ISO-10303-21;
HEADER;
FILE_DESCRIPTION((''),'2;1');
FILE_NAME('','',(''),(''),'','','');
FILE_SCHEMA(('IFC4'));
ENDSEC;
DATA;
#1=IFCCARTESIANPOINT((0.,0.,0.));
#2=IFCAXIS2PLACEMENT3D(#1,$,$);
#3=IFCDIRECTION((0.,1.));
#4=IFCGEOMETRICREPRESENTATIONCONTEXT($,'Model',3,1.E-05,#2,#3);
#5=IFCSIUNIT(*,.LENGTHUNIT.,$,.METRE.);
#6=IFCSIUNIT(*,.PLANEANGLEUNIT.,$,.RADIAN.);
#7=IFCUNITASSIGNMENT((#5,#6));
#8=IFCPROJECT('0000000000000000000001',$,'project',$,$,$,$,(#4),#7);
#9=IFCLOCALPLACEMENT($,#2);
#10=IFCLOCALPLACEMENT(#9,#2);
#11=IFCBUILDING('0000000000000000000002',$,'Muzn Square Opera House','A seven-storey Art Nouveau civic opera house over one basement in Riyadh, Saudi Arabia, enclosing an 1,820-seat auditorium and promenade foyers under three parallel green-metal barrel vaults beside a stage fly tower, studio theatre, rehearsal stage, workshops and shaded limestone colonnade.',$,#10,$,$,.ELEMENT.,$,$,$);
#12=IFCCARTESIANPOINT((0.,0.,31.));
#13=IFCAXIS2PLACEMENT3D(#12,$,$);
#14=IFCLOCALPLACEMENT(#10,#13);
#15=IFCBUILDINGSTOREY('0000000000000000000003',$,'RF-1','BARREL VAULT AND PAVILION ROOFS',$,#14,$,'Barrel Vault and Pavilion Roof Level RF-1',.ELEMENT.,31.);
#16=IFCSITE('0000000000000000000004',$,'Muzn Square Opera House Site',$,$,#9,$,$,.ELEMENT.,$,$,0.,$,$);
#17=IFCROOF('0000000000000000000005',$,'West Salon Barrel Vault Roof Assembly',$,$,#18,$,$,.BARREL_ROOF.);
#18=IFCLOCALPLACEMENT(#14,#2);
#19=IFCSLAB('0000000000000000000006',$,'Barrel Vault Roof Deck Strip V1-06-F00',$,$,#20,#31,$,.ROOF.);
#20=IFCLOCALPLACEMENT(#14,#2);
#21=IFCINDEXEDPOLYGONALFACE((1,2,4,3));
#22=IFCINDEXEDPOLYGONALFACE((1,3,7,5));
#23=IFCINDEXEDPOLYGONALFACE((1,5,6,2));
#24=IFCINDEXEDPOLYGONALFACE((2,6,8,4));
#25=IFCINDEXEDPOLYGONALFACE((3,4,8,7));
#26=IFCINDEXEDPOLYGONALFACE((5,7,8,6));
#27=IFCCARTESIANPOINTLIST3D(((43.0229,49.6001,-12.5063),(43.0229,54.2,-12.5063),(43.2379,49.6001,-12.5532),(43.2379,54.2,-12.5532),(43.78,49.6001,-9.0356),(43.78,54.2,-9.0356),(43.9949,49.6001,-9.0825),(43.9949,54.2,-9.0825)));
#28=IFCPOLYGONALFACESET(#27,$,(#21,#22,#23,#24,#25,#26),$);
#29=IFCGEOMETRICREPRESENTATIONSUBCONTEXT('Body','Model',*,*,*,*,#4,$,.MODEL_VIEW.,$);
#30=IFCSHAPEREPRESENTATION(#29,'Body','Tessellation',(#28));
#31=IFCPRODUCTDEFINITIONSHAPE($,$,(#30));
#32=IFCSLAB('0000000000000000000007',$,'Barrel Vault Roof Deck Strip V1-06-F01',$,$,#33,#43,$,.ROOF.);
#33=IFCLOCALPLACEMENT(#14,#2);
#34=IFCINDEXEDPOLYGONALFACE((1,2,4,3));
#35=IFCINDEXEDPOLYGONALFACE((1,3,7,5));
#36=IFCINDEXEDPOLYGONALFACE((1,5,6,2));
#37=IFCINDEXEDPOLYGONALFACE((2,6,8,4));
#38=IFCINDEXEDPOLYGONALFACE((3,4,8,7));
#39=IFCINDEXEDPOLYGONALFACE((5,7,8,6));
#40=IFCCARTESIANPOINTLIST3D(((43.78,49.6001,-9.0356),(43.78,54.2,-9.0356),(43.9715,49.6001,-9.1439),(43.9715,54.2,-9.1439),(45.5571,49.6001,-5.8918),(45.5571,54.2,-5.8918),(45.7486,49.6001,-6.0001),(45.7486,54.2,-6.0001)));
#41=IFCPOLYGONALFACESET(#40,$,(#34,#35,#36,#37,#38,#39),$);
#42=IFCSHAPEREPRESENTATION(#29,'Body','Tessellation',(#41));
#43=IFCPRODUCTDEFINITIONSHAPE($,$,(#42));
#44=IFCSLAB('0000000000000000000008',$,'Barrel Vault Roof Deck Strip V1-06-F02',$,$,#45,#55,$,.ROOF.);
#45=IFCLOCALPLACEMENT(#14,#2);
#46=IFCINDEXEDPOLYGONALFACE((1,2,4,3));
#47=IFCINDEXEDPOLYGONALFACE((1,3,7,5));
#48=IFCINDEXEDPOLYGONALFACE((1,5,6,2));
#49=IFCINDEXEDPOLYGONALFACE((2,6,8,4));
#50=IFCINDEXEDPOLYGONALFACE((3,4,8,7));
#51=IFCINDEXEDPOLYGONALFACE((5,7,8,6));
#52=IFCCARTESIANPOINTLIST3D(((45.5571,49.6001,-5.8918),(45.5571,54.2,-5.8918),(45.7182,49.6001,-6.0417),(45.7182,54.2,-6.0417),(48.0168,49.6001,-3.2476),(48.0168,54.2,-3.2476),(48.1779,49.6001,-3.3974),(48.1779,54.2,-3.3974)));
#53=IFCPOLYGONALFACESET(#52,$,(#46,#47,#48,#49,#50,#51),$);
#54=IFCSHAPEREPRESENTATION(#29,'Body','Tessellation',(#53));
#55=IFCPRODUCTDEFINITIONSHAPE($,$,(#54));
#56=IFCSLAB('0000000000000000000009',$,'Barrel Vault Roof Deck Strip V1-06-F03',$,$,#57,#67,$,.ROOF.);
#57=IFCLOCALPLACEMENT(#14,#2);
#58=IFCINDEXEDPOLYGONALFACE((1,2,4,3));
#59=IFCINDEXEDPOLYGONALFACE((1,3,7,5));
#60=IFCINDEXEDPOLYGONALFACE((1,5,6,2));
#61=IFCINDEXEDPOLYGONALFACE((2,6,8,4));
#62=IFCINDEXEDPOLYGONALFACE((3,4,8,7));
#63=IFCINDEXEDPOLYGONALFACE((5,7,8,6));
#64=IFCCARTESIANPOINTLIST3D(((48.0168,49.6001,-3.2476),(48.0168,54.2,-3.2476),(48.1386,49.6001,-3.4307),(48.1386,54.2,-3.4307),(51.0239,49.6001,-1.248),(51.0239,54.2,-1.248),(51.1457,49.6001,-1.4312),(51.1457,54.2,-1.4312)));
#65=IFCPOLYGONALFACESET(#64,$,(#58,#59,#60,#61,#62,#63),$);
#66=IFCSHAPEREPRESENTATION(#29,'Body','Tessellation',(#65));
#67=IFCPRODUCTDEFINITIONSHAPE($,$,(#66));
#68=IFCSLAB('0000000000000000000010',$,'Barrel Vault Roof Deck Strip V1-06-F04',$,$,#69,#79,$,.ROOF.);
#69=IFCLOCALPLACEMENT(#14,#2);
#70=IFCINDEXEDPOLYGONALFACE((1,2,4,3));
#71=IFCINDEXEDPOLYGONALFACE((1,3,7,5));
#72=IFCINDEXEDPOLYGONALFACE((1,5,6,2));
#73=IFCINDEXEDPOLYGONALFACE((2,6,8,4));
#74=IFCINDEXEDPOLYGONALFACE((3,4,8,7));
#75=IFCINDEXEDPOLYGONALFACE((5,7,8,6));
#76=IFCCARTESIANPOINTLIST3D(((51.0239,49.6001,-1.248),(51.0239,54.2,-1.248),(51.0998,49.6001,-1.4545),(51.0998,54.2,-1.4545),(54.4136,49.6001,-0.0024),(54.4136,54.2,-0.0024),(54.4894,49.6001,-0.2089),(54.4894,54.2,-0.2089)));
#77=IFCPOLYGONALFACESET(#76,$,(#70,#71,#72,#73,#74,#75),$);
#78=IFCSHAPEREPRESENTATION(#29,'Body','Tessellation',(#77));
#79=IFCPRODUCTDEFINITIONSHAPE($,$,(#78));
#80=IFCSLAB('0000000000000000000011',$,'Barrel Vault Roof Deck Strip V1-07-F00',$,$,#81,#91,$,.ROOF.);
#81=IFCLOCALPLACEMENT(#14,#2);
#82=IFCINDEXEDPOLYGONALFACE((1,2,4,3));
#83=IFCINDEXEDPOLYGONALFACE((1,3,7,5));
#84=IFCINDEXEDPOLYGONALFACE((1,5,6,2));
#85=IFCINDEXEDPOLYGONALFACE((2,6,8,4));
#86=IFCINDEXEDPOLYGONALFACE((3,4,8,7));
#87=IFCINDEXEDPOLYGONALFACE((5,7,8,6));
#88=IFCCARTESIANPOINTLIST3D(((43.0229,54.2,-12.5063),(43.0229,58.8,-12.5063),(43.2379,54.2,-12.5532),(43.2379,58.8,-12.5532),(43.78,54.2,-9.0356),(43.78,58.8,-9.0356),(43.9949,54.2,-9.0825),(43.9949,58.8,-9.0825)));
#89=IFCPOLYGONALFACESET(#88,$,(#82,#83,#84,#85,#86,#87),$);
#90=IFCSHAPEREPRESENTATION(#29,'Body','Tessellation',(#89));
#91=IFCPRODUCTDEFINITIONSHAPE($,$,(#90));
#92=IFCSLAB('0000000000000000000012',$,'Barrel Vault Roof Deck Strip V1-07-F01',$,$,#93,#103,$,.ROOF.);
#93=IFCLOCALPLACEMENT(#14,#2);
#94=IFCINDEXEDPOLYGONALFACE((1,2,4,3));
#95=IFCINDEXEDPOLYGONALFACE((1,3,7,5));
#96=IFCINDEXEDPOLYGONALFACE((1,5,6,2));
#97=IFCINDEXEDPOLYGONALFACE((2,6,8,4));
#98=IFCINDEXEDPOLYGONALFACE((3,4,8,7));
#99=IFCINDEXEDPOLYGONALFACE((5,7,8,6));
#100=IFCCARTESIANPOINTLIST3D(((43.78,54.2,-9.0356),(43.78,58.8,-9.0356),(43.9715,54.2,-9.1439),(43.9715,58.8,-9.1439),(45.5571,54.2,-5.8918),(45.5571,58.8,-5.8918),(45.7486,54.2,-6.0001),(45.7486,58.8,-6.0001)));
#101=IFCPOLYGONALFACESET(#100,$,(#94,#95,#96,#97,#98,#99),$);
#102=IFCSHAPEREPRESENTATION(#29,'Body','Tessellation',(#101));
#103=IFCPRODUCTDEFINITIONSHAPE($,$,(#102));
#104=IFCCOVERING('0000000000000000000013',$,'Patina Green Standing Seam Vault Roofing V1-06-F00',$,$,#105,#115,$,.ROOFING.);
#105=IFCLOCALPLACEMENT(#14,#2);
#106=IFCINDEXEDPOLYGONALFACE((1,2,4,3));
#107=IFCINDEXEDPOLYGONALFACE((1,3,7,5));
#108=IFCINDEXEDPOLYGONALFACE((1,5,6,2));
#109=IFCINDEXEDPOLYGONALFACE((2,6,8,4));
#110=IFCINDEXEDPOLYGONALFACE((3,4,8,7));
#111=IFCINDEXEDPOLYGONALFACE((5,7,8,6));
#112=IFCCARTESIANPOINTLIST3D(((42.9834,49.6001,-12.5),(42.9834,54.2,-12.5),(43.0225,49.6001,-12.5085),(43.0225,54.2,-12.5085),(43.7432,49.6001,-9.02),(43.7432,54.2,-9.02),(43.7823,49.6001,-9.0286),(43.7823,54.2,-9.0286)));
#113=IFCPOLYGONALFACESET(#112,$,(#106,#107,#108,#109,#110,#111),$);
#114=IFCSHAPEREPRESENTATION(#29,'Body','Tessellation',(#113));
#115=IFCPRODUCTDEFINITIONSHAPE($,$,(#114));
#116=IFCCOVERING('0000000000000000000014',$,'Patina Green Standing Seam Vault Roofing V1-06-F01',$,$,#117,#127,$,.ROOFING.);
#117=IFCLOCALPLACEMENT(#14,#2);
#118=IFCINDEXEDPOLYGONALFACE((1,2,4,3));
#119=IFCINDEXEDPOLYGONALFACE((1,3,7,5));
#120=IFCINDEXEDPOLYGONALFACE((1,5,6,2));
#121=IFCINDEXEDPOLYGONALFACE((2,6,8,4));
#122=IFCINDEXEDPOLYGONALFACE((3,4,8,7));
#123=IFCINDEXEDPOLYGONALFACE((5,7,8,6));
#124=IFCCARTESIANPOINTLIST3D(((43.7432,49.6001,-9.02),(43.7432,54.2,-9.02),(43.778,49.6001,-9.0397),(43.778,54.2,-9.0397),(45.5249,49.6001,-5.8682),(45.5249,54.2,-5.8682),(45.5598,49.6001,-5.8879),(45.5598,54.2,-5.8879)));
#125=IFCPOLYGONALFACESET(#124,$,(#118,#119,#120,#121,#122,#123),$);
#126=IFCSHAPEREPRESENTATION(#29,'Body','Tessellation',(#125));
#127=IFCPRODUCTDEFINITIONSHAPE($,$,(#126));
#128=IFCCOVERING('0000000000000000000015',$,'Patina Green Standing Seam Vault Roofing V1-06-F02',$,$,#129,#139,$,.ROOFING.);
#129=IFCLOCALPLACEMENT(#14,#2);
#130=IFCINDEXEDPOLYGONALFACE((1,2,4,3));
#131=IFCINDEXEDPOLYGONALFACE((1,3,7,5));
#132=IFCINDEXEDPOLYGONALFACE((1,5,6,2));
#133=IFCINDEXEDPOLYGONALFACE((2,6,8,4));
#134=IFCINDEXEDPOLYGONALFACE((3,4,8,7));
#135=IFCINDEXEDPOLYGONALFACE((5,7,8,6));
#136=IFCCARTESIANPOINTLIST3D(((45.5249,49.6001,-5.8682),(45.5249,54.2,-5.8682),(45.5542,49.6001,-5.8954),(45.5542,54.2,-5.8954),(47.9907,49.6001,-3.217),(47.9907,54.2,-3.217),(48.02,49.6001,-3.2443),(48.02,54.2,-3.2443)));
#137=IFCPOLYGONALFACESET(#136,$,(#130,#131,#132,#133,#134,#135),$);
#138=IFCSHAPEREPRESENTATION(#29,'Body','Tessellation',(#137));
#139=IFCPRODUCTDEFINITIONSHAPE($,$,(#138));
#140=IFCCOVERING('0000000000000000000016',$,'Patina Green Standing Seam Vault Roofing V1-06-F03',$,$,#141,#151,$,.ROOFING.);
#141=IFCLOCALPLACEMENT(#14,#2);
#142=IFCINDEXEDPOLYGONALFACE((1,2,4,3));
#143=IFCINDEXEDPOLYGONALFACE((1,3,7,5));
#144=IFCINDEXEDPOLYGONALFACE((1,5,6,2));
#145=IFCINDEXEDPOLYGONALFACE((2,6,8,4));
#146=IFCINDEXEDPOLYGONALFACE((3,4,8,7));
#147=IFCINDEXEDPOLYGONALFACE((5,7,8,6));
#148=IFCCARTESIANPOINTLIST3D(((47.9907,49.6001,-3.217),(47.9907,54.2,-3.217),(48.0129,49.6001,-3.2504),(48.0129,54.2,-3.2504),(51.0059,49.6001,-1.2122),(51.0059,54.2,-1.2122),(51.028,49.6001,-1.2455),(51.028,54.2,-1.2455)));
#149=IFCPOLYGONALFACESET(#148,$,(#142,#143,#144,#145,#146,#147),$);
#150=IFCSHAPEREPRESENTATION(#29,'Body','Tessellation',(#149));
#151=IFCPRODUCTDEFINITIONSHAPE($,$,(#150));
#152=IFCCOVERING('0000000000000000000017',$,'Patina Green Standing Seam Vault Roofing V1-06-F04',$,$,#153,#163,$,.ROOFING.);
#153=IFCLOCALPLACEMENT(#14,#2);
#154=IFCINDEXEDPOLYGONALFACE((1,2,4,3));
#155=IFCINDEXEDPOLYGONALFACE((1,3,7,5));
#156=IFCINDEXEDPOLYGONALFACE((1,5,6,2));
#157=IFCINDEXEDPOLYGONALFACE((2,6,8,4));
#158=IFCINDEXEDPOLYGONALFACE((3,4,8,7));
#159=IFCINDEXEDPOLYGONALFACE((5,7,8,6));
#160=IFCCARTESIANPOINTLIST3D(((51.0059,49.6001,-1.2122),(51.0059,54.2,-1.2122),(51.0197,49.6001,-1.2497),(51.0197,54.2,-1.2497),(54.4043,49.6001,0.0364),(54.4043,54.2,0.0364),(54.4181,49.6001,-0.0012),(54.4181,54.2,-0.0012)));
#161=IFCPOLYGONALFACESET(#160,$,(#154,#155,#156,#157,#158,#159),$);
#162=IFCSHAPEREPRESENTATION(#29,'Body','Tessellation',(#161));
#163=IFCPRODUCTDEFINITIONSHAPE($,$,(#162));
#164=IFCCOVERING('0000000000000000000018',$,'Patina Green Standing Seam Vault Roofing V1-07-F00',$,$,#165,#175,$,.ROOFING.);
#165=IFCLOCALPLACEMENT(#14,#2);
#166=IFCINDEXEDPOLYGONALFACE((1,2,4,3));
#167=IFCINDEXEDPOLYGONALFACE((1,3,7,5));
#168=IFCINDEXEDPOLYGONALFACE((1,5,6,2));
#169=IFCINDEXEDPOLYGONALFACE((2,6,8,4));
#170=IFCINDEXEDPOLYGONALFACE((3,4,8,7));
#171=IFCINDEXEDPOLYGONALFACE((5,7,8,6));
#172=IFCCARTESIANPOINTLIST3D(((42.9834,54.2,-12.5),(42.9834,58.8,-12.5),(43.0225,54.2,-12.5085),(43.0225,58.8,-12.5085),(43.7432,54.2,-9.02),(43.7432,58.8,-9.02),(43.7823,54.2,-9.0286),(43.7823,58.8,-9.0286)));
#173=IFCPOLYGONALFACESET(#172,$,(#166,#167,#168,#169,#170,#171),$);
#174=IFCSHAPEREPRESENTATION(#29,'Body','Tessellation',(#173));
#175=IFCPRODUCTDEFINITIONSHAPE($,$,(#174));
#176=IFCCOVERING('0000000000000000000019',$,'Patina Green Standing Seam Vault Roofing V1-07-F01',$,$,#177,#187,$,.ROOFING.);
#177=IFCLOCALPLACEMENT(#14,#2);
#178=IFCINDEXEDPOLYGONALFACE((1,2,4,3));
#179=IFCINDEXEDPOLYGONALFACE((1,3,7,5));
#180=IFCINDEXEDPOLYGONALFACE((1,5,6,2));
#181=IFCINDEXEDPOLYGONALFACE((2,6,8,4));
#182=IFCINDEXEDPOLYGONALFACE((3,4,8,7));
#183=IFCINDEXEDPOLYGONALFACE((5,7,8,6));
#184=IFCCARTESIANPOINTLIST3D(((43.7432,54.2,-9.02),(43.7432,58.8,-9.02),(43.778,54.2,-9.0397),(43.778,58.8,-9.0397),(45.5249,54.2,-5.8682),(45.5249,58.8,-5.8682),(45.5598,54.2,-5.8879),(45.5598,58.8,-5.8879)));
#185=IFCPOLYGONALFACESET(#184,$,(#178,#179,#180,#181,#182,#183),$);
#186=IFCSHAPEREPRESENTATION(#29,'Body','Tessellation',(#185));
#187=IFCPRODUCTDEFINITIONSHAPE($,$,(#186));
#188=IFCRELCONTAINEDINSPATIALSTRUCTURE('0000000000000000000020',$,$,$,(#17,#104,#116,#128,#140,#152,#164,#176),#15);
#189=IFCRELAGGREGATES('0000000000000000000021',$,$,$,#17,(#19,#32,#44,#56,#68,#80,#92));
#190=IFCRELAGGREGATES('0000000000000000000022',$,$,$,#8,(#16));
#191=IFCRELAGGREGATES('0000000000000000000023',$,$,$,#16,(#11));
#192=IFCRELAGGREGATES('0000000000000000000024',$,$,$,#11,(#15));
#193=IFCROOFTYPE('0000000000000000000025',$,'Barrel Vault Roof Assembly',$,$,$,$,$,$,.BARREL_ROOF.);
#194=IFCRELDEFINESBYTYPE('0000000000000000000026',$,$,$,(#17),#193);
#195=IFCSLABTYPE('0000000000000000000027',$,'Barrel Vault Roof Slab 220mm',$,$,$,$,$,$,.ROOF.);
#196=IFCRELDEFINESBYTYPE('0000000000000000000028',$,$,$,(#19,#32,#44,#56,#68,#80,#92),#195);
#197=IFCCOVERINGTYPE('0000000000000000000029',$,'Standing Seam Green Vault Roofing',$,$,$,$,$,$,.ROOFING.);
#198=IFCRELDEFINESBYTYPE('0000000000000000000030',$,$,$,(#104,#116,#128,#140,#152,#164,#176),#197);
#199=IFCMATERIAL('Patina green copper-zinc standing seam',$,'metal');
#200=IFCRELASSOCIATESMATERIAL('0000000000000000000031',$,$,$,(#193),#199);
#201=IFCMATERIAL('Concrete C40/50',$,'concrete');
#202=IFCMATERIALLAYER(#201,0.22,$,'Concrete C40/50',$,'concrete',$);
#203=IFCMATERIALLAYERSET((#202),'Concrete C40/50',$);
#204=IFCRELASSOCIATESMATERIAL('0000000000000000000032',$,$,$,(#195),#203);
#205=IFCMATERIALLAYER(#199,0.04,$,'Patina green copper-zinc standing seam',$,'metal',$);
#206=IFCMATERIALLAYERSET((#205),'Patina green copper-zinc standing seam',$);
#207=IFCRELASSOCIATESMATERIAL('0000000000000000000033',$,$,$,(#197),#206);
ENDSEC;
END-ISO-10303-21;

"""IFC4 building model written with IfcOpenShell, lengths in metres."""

from ifc_helpers import new_model, si_unit, direction, frame, origin, place, context, subcontext, project, spatial, polyline, outline, extrude, material, layer, layer_set, type_object, element, aggregate, save


model = new_model("IFC4")

# Units and contexts
model_context = context("Model", 3, precision=1e-05, world=origin(), true_north=direction((0.0, 1.0)))
body_context = subcontext(model_context, "Body", "Model", "MODEL_VIEW")
ifc_project = project(units=[si_unit("LENGTHUNIT", "METRE"), si_unit("PLANEANGLEUNIT", "RADIAN")], contexts=[model_context])

# Site, building, storey
site_placement = place(None, origin())
site = spatial("IfcSite", under=ifc_project, at=site_placement, Name="Muzn Square Opera House Site", CompositionType="ELEMENT", RefElevation=0.0)
building_placement = place(site_placement, origin())
building = spatial("IfcBuilding", under=site, at=building_placement, Name="Muzn Square Opera House", Description="A seven-storey Art Nouveau civic opera house over one basement in Riyadh, Saudi Arabia, enclosing an 1,820-seat auditorium and promenade foyers under three parallel green-metal barrel vaults beside a stage fly tower, studio theatre, rehearsal stage, workshops and shaded limestone colonnade.", CompositionType="ELEMENT")
storey_placement = place(building_placement, frame((0.0, 0.0, 31.0)))
storey = spatial("IfcBuildingStorey", under=building, at=storey_placement, Name="RF-1", Description="BARREL VAULT AND PAVILION ROOFS", LongName="Barrel Vault and Pavilion Roof Level RF-1", CompositionType="ELEMENT", Elevation=31.0)

# Roof, slabs
ifc_material_1 = material(Name="Patina green copper-zinc standing seam", Category="metal")
roof_type = type_object("IfcRoofType", Name="Barrel Vault Roof Assembly", PredefinedType="BARREL_ROOF", material=ifc_material_1)
roof_placement = place(storey_placement, origin())
roof = element("IfcRoof", 1, at=roof_placement, inside=storey, type_object=roof_type, Name="West Salon Barrel Vault Roof Assembly", PredefinedType="BARREL_ROOF")
ifc_material_2 = material(Name="Concrete C40/50", Category="concrete")
ifc_layer_1 = layer(ifc_material_2, 0.22, Name="Concrete C40/50", Category="concrete")
ifc_layer_set_1 = layer_set([ifc_layer_1], Name="Concrete C40/50")
slab_type = type_object("IfcSlabType", Name="Barrel Vault Roof Slab 220mm", PredefinedType="ROOF", material=ifc_layer_set_1)
slab_1_placement = place(storey_placement, frame((43.78, 49.6001, -9.0356), z_axis=(-0.977025, 0.0, 0.213123), x_axis=(0.0, 1.0, 0.0)))
slab_1 = element("IfcSlab", 2, at=slab_1_placement, type_object=slab_type, Name="Barrel Vault Roof Deck Strip V1-06-F00", PredefinedType="ROOF", context=body_context, shape_type="SweptSolid", body=[
    extrude(outline(polyline([(0.0, 3.5523), (0.0, 0.0), (4.5999, 0.0), (4.5999, 3.5523), (0.0, 3.5523)])), origin(), (0.0, 0.0, -1.0), 0.22),
])
slab_2_placement = place(storey_placement, frame((45.5571, 49.6001, -5.8918), z_axis=(-0.870543, 0.0, 0.492093), x_axis=(0.0, 1.0, 0.0)))
slab_2 = element("IfcSlab", 3, at=slab_2_placement, type_object=slab_type, Name="Barrel Vault Roof Deck Strip V1-06-F01", PredefinedType="ROOF", context=body_context, shape_type="SweptSolid", body=[
    extrude(outline(polyline([(0.0, 3.6113), (0.0, 0.0), (4.5999, 0.0), (4.5999, 3.6113), (0.0, 3.6113)])), origin(), (0.0, 0.0, -1.0), 0.22),
])
slab_3_placement = place(storey_placement, frame((48.0168, 49.6001, -3.2476), z_axis=(-0.732198, 0.0, 0.681091), x_axis=(0.0, 1.0, 0.0)))
slab_3 = element("IfcSlab", 4, at=slab_3_placement, type_object=slab_type, Name="Barrel Vault Roof Deck Strip V1-06-F02", PredefinedType="ROOF", context=body_context, shape_type="SweptSolid", body=[
    extrude(outline(polyline([(0.0, 3.6114), (0.0, 0.0), (4.5999, 0.0), (4.5999, 3.6114), (0.0, 3.6114)])), origin(), (0.0, 0.0, -1.0), 0.22),
])
slab_4_placement = place(storey_placement, frame((51.0239, 49.6001, -1.248), z_axis=(-0.553701, 0.0, 0.832715), x_axis=(0.0, 1.0, 0.0)))
slab_4 = element("IfcSlab", 5, at=slab_4_placement, type_object=slab_type, Name="Barrel Vault Roof Deck Strip V1-06-F03", PredefinedType="ROOF", context=body_context, shape_type="SweptSolid", body=[
    extrude(outline(polyline([(0.0, 3.6112), (0.0, 0.0), (4.5999, 0.0), (4.5999, 3.6112), (0.0, 3.6112)])), origin(), (0.0, 0.0, -1.0), 0.22),
])
slab_5_placement = place(storey_placement, frame((54.4136, 49.6001, -0.0024), z_axis=(-0.344922, 0.0, 0.938631), x_axis=(0.0, 1.0, 0.0)))
slab_5 = element("IfcSlab", 6, at=slab_5_placement, type_object=slab_type, Name="Barrel Vault Roof Deck Strip V1-06-F04", PredefinedType="ROOF", context=body_context, shape_type="SweptSolid", body=[
    extrude(outline(polyline([(0.0, 3.6113), (0.0, 0.0), (4.5999, 0.0), (4.5999, 3.6113), (0.0, 3.6113)])), origin(), (0.0, 0.0, -1.0), 0.22),
])
slab_6_placement = place(storey_placement, frame((43.78, 54.2, -9.0356), z_axis=(-0.977025, 0.0, 0.213123), x_axis=(0.0, 1.0, 0.0)))
slab_6 = element("IfcSlab", 7, at=slab_6_placement, type_object=slab_type, Name="Barrel Vault Roof Deck Strip V1-07-F00", PredefinedType="ROOF", context=body_context, shape_type="SweptSolid", body=[
    extrude(outline(polyline([(0.0, 3.5523), (0.0, 0.0), (4.6001, 0.0), (4.6001, 3.5523), (0.0, 3.5523)])), origin(), (0.0, 0.0, -1.0), 0.22),
])
slab_7_placement = place(storey_placement, frame((45.5571, 54.2, -5.8918), z_axis=(-0.870543, 0.0, 0.492093), x_axis=(0.0, 1.0, 0.0)))
slab_7 = element("IfcSlab", 8, at=slab_7_placement, type_object=slab_type, Name="Barrel Vault Roof Deck Strip V1-07-F01", PredefinedType="ROOF", context=body_context, shape_type="SweptSolid", body=[
    extrude(outline(polyline([(0.0, 3.6113), (0.0, 0.0), (4.6001, 0.0), (4.6001, 3.6113), (0.0, 3.6113)])), origin(), (0.0, 0.0, -1.0), 0.22),
])
aggregate(roof, [slab_1, slab_2, slab_3, slab_4, slab_5, slab_6, slab_7])

# Coverings
ifc_layer_2 = layer(ifc_material_1, 0.04, Name="Patina green copper-zinc standing seam", Category="metal")
ifc_layer_set_2 = layer_set([ifc_layer_2], Name="Patina green copper-zinc standing seam")
covering_type = type_object("IfcCoveringType", Name="Standing Seam Green Vault Roofing", PredefinedType="ROOFING", material=ifc_layer_set_2)
covering_1_placement = place(storey_placement, frame((43.7432, 49.6001, -9.02), z_axis=(-0.976987, 0.0, 0.2133), x_axis=(0.0, 1.0, 0.0)))
element("IfcCovering", 9, at=covering_1_placement, inside=storey, type_object=covering_type, Name="Patina Green Standing Seam Vault Roofing V1-06-F00", PredefinedType="ROOFING", context=body_context, shape_type="SweptSolid", body=[
    extrude(outline(polyline([(0.0, 3.562), (0.0, 0.0), (4.5999, 0.0), (4.5999, 3.562), (0.0, 3.562)])), origin(), (0.0, 0.0, -1.0), 0.04),
])
covering_2_placement = place(storey_placement, frame((45.5249, 49.6001, -5.8682), z_axis=(-0.870533, 0.0, 0.492111), x_axis=(0.0, 1.0, 0.0)))
element("IfcCovering", 10, at=covering_2_placement, inside=storey, type_object=covering_type, Name="Patina Green Standing Seam Vault Roofing V1-06-F01", PredefinedType="ROOFING", context=body_context, shape_type="SweptSolid", body=[
    extrude(outline(polyline([(0.0, 3.6206), (0.0, 0.0), (4.5999, 0.0), (4.5999, 3.6206), (0.0, 3.6206)])), origin(), (0.0, 0.0, -1.0), 0.04),
])
covering_3_placement = place(storey_placement, frame((47.9907, 49.6001, -3.217), z_axis=(-0.732234, 0.0, 0.681053), x_axis=(0.0, 1.0, 0.0)))
element("IfcCovering", 11, at=covering_3_placement, inside=storey, type_object=covering_type, Name="Patina Green Standing Seam Vault Roofing V1-06-F02", PredefinedType="ROOFING", context=body_context, shape_type="SweptSolid", body=[
    extrude(outline(polyline([(0.0, 3.6206), (0.0, 0.0), (4.5999, 0.0), (4.5999, 3.6206), (0.0, 3.6206)])), origin(), (0.0, 0.0, -1.0), 0.04),
])
covering_4_placement = place(storey_placement, frame((51.0059, 49.6001, -1.2122), z_axis=(-0.553704, 0.0, 0.832714), x_axis=(0.0, 1.0, 0.0)))
element("IfcCovering", 12, at=covering_4_placement, inside=storey, type_object=covering_type, Name="Patina Green Standing Seam Vault Roofing V1-06-F03", PredefinedType="ROOFING", context=body_context, shape_type="SweptSolid", body=[
    extrude(outline(polyline([(0.0, 3.6209), (0.0, 0.0), (4.5999, 0.0), (4.5999, 3.6209), (0.0, 3.6209)])), origin(), (0.0, 0.0, -1.0), 0.04),
])
covering_5_placement = place(storey_placement, frame((54.4043, 49.6001, 0.0364), z_axis=(-0.344849, 0.0, 0.938658), x_axis=(0.0, 1.0, 0.0)))
element("IfcCovering", 13, at=covering_5_placement, inside=storey, type_object=covering_type, Name="Patina Green Standing Seam Vault Roofing V1-06-F04", PredefinedType="ROOFING", context=body_context, shape_type="SweptSolid", body=[
    extrude(outline(polyline([(0.0, 3.6205), (0.0, 0.0), (4.5999, 0.0), (4.5999, 3.6205), (0.0, 3.6205)])), origin(), (0.0, 0.0, -1.0), 0.04),
])
covering_6_placement = place(storey_placement, frame((43.7432, 54.2, -9.02), z_axis=(-0.976987, 0.0, 0.2133), x_axis=(0.0, 1.0, 0.0)))
element("IfcCovering", 14, at=covering_6_placement, inside=storey, type_object=covering_type, Name="Patina Green Standing Seam Vault Roofing V1-07-F00", PredefinedType="ROOFING", context=body_context, shape_type="SweptSolid", body=[
    extrude(outline(polyline([(0.0, 3.562), (0.0, 0.0), (4.6001, 0.0), (4.6001, 3.562), (0.0, 3.562)])), origin(), (0.0, 0.0, -1.0), 0.04),
])
covering_7_placement = place(storey_placement, frame((45.5249, 54.2, -5.8682), z_axis=(-0.870533, 0.0, 0.492111), x_axis=(0.0, 1.0, 0.0)))
element("IfcCovering", 15, at=covering_7_placement, inside=storey, type_object=covering_type, Name="Patina Green Standing Seam Vault Roofing V1-07-F01", PredefinedType="ROOFING", context=body_context, shape_type="SweptSolid", body=[
    extrude(outline(polyline([(0.0, 3.6206), (0.0, 0.0), (4.6001, 0.0), (4.6001, 3.6206), (0.0, 3.6206)])), origin(), (0.0, 0.0, -1.0), 0.04),
])

save(model, "model.ifc")
